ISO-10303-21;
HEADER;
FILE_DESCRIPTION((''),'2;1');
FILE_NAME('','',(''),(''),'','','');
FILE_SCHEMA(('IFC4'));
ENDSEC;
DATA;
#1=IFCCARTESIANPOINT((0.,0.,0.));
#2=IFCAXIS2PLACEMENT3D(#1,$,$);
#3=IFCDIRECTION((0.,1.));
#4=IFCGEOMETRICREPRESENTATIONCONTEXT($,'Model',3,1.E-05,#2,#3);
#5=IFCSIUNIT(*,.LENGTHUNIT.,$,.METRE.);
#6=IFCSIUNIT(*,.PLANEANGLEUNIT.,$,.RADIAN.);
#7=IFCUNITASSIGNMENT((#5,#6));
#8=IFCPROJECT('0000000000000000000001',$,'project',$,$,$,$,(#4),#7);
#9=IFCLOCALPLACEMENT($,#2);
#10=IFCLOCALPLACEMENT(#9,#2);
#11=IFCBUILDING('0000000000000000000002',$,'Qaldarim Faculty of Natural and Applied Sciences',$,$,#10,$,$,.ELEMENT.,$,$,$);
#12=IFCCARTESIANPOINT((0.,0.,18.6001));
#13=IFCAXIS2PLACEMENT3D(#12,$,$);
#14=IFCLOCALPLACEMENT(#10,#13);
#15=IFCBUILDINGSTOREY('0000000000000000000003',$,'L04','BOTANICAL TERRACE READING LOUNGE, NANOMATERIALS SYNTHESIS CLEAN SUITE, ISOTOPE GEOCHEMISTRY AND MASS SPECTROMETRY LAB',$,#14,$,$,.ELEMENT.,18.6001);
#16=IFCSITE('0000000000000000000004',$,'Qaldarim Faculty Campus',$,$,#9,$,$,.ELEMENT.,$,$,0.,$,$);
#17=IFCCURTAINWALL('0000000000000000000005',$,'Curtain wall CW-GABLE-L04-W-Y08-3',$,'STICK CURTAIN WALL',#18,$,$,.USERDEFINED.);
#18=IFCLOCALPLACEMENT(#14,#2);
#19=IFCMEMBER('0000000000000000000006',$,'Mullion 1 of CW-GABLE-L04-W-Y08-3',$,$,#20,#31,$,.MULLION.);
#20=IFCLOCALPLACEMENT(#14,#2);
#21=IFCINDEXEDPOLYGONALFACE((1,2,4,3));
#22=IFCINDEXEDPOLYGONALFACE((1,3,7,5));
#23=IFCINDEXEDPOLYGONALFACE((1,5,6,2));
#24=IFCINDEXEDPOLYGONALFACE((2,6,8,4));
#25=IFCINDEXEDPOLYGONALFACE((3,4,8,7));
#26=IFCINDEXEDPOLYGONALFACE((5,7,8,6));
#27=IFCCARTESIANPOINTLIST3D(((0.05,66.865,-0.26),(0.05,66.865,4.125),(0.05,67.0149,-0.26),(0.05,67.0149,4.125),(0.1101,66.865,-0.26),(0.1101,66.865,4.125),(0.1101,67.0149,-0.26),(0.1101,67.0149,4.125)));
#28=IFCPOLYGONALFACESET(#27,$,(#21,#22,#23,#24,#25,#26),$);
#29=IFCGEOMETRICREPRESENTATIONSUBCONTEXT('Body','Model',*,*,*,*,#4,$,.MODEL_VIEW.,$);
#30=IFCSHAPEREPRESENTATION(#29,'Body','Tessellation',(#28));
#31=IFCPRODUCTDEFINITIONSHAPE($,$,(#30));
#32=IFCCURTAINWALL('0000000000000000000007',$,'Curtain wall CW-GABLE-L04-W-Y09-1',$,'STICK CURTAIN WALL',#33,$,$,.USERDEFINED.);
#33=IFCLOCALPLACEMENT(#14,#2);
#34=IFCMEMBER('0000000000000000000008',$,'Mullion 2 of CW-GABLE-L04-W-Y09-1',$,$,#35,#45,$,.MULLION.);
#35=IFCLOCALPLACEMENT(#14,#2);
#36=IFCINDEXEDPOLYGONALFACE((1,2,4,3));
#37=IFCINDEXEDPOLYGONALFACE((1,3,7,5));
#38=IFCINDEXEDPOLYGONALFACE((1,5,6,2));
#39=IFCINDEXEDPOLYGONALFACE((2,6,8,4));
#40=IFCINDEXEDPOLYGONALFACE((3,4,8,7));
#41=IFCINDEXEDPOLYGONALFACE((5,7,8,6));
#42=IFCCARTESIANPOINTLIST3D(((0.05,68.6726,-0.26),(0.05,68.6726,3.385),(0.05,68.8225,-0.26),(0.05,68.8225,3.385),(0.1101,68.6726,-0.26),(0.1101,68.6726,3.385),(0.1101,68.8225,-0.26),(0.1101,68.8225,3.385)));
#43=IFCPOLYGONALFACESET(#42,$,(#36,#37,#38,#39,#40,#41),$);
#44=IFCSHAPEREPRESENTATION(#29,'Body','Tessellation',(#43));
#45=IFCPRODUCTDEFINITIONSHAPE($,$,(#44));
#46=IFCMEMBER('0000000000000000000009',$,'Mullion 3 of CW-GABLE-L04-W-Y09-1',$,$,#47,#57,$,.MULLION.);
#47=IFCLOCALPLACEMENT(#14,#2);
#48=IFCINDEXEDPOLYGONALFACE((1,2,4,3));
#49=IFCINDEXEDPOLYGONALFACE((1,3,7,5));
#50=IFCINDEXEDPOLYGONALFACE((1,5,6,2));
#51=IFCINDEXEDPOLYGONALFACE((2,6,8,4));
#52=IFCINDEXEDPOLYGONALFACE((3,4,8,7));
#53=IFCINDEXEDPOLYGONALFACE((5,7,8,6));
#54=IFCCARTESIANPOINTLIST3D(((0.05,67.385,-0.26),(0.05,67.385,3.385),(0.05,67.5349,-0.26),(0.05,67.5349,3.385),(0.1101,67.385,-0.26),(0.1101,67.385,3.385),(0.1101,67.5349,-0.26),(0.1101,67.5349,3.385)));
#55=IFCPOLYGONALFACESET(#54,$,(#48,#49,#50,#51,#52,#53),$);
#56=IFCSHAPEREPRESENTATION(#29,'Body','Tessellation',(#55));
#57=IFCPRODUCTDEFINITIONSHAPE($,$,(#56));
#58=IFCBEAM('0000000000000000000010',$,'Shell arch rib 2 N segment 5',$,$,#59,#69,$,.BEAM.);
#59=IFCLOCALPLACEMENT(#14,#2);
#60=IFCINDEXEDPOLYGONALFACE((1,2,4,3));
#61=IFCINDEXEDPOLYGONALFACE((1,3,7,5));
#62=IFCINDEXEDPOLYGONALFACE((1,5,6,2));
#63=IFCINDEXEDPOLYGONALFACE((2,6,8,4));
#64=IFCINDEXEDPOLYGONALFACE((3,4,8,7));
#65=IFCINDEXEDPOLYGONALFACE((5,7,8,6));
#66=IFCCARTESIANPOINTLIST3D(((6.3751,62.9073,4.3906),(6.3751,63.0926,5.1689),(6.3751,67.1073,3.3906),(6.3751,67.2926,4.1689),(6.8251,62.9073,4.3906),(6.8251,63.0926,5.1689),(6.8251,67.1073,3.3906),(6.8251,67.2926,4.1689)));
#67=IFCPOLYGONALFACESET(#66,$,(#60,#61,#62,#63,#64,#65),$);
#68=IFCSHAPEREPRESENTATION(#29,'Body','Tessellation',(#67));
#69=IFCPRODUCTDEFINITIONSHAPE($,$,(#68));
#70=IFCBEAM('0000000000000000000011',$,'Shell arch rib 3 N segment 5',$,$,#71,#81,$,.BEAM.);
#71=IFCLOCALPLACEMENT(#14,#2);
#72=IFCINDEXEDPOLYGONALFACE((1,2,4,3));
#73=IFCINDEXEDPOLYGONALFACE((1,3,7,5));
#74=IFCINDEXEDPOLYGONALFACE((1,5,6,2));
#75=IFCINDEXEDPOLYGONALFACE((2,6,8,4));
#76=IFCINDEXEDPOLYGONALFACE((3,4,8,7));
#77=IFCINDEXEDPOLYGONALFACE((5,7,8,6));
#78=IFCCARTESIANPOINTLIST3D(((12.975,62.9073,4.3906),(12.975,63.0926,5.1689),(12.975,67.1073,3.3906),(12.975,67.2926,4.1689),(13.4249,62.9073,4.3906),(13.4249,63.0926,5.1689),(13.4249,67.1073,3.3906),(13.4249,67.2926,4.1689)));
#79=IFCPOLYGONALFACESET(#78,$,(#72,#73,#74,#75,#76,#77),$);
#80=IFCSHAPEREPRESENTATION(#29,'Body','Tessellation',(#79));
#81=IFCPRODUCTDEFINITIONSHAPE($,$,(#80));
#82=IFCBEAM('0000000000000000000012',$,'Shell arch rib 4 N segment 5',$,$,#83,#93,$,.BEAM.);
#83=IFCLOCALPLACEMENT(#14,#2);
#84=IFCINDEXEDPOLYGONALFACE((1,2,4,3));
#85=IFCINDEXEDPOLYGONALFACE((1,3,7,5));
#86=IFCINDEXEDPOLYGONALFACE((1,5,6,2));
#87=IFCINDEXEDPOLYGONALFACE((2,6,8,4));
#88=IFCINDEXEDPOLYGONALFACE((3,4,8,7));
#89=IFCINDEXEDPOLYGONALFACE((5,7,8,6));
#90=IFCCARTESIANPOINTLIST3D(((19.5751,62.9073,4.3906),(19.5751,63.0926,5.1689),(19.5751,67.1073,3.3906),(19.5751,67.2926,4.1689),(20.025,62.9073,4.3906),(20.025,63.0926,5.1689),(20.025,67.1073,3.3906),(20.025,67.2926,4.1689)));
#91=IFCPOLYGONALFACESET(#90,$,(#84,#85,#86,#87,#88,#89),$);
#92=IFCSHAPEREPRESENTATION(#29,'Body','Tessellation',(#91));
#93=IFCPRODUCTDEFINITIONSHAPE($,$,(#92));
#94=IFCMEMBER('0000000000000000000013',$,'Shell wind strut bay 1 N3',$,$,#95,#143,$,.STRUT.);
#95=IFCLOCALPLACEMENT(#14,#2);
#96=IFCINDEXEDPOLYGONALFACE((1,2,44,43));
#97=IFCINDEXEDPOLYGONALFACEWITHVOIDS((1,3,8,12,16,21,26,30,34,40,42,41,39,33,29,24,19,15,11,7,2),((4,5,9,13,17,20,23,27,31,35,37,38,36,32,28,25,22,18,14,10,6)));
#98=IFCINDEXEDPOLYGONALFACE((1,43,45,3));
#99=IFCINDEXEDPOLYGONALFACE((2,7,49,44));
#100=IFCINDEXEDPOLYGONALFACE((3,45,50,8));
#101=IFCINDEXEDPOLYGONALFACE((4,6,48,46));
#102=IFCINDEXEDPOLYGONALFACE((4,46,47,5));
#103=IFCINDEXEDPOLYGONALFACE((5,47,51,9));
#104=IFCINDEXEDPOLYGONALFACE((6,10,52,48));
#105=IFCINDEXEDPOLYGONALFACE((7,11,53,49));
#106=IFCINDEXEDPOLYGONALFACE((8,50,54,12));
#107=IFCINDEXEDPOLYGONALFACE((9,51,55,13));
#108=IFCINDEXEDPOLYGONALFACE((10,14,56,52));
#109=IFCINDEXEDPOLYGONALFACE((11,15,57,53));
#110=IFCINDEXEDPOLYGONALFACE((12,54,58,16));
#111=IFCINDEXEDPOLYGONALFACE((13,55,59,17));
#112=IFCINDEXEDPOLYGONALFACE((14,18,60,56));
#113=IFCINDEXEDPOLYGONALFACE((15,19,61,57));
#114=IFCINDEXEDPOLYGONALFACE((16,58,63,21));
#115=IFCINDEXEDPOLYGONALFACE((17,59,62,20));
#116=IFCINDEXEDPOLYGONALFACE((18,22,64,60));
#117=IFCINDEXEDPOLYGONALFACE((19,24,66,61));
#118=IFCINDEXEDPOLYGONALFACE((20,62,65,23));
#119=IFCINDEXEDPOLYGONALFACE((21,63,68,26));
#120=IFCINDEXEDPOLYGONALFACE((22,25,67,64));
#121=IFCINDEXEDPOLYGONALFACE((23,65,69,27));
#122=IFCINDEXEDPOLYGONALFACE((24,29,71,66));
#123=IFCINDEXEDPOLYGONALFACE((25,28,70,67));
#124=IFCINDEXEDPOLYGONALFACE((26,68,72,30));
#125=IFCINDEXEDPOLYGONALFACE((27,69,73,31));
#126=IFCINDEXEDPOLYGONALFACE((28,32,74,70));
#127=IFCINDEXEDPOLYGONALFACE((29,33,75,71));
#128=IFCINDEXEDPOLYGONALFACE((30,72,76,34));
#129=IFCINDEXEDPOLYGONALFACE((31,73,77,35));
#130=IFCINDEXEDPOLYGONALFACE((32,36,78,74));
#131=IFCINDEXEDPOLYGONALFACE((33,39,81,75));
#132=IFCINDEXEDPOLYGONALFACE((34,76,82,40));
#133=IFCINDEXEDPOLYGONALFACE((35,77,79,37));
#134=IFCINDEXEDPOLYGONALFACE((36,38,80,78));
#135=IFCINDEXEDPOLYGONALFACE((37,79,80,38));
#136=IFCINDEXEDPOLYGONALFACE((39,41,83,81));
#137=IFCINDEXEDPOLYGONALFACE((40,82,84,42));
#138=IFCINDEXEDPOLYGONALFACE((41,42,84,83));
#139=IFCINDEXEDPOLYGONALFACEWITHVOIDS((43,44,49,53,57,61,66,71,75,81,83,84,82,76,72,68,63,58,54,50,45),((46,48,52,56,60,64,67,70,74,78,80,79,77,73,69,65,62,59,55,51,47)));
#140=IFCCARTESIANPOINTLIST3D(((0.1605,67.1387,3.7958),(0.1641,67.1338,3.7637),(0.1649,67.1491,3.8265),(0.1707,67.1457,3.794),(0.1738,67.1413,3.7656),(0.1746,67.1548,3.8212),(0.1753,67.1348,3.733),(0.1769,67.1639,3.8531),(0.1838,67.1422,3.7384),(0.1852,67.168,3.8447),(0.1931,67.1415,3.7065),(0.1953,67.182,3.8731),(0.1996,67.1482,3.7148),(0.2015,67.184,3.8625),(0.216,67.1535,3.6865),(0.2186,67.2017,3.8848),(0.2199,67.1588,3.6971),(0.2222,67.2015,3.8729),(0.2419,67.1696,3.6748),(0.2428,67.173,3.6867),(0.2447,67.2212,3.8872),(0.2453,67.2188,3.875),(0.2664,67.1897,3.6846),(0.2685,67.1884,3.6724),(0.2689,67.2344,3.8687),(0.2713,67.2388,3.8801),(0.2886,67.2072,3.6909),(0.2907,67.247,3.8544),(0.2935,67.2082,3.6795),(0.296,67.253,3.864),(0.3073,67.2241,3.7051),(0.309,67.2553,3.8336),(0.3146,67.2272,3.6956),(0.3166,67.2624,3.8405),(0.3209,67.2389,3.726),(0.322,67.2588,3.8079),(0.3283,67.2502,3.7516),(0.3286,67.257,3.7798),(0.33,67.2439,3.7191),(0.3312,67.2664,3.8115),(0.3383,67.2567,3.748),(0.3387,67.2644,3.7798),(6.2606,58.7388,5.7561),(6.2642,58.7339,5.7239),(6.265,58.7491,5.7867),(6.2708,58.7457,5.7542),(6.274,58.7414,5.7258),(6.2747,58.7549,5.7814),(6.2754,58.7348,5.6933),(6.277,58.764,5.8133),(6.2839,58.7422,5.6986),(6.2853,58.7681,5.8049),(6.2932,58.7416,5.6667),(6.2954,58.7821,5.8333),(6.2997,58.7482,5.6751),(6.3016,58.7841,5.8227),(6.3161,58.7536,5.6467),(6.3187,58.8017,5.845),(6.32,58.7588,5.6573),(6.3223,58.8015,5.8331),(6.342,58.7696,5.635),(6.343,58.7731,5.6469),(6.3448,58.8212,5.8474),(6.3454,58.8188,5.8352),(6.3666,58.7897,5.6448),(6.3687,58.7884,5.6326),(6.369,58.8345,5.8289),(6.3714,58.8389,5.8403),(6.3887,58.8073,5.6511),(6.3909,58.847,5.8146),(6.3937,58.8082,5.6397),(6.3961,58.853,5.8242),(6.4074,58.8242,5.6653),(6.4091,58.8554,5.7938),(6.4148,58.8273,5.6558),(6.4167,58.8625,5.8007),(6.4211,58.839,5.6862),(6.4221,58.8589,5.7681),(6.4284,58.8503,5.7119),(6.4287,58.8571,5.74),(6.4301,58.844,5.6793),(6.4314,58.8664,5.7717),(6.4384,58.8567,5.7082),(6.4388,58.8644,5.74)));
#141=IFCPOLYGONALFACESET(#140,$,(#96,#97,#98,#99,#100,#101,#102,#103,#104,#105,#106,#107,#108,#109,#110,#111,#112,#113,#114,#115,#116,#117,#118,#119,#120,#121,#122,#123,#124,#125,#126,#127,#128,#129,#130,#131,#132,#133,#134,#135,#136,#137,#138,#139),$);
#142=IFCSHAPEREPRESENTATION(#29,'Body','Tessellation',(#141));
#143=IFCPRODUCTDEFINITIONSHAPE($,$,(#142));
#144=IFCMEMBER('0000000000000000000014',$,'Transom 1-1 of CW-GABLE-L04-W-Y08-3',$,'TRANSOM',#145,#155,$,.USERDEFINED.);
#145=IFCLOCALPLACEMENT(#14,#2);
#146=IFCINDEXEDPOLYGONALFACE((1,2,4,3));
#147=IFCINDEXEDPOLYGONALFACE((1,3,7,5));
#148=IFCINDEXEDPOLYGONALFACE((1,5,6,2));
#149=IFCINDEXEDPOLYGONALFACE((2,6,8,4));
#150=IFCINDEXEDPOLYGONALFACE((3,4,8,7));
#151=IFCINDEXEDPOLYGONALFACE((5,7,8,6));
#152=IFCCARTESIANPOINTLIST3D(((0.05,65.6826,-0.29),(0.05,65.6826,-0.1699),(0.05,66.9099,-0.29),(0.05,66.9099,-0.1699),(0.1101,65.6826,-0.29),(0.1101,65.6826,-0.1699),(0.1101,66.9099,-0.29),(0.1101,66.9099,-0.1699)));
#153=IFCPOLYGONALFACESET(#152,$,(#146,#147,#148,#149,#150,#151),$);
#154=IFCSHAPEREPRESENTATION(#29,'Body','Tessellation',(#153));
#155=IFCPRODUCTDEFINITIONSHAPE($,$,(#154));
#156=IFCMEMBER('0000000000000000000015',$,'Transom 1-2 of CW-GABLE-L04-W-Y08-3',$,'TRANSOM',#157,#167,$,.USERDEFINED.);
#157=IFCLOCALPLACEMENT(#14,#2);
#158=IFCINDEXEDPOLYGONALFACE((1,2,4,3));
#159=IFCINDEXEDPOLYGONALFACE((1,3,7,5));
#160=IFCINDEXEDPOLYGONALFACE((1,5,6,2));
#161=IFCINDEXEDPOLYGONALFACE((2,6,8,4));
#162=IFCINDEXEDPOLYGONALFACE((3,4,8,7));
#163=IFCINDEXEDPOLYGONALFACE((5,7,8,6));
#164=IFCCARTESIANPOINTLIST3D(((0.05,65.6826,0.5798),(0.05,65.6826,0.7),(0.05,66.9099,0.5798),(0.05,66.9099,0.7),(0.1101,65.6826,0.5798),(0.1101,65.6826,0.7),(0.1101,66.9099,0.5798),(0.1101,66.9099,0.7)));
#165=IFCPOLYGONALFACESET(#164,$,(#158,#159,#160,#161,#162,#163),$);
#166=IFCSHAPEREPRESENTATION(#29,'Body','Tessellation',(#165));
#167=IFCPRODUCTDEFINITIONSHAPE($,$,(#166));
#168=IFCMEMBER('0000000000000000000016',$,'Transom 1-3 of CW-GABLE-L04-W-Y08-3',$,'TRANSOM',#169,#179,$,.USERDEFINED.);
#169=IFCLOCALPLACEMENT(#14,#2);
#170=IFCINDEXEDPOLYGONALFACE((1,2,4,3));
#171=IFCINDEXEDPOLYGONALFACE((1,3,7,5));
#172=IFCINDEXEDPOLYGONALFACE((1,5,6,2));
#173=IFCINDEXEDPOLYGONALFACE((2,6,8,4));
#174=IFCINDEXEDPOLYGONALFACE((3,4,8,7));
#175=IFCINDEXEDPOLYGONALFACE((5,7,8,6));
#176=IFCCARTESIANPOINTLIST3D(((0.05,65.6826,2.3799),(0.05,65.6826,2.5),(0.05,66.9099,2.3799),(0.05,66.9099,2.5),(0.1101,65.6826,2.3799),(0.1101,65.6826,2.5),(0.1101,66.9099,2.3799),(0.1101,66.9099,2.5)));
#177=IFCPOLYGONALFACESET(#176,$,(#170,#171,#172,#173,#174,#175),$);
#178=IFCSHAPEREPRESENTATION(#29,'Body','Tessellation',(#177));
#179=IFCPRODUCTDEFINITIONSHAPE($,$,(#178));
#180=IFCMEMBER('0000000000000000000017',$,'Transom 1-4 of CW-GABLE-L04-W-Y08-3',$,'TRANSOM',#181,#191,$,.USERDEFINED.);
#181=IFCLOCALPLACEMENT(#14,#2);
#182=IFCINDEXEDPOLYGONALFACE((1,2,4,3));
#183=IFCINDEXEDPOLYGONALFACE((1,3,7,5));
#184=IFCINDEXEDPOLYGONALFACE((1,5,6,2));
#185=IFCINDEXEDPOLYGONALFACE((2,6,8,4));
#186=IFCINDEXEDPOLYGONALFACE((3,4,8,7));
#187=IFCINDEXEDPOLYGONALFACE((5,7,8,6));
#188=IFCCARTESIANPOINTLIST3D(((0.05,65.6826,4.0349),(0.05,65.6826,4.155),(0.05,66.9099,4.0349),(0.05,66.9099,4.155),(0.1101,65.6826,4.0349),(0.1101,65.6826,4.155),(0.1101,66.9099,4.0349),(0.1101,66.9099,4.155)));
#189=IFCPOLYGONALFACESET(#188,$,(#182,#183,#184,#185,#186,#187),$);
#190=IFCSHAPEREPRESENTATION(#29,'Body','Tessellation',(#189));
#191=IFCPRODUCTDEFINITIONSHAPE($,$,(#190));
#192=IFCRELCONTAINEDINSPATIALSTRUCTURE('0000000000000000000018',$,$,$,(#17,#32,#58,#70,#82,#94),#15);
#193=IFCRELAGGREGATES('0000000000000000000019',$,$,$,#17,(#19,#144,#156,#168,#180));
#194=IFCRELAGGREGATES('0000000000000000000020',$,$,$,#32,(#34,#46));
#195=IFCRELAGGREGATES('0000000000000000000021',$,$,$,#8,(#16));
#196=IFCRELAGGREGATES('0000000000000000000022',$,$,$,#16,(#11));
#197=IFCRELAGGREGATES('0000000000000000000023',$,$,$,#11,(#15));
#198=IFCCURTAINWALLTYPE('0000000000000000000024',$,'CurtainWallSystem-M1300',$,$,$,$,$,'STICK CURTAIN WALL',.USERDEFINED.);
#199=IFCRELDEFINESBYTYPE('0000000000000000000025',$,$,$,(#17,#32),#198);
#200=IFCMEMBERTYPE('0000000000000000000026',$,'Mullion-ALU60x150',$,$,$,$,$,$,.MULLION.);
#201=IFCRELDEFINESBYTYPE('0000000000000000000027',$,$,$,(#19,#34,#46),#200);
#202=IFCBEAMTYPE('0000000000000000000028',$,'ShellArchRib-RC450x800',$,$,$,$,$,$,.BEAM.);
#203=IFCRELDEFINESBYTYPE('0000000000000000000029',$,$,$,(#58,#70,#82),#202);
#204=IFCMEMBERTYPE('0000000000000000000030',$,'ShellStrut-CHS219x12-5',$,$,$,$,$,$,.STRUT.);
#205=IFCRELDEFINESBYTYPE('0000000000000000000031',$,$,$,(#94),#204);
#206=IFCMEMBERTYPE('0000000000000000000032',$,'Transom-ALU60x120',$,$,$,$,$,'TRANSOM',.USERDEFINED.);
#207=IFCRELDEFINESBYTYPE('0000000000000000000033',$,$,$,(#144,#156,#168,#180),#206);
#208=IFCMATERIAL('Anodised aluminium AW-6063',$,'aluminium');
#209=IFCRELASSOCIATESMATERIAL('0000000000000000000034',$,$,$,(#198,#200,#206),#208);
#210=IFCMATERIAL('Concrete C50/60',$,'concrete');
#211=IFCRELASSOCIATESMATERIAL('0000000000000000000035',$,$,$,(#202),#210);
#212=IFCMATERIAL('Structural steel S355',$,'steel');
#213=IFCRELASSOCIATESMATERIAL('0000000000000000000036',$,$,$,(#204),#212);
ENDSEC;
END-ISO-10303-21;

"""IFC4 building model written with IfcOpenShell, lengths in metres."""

from ifc_helpers import new_model, si_unit, direction, frame, origin, origin_2d, place, context, subcontext, project, spatial, rectangle, hollow_circle, extrude, material, material_profile, profile_set, type_object, element, aggregate, save


model = new_model("IFC4")

# Units and contexts
model_context = context("Model", 3, precision=1e-05, world=origin(), true_north=direction((0.0, 1.0)))
body_context = subcontext(model_context, "Body", "Model", "MODEL_VIEW")
ifc_project = project(units=[si_unit("LENGTHUNIT", "METRE"), si_unit("PLANEANGLEUNIT", "RADIAN")], contexts=[model_context])

# Site, building, storey
site_placement = place(None, origin())
site = spatial("IfcSite", under=ifc_project, at=site_placement, Name="Qaldarim Faculty Campus", CompositionType="ELEMENT", RefElevation=0.0)
building_placement = place(site_placement, origin())
building = spatial("IfcBuilding", under=site, at=building_placement, Name="Qaldarim Faculty of Natural and Applied Sciences", CompositionType="ELEMENT")
storey_placement = place(building_placement, frame((0.0, 0.0, 18.6001)))
storey = spatial("IfcBuildingStorey", under=building, at=storey_placement, Name="L04", Description="BOTANICAL TERRACE READING LOUNGE, NANOMATERIALS SYNTHESIS CLEAN SUITE, ISOTOPE GEOCHEMISTRY AND MASS SPECTROMETRY LAB", CompositionType="ELEMENT", Elevation=18.6001)

# Curtain wall, member
ifc_material_1 = material(Name="Anodised aluminium AW-6063", Category="aluminium")
curtain_wall_type = type_object("IfcCurtainWallType", Name="CurtainWallSystem-M1300", ElementType="STICK CURTAIN WALL", PredefinedType="USERDEFINED", material=ifc_material_1)
curtain_wall_1_placement = place(storey_placement, origin())
curtain_wall_1 = element("IfcCurtainWall", 1, at=curtain_wall_1_placement, inside=storey, type_object=curtain_wall_type, Name="Curtain wall CW-GABLE-L04-W-Y08-3", ObjectType="STICK CURTAIN WALL", PredefinedType="USERDEFINED")
ifc_material_profile_1 = material_profile(ifc_material_1, rectangle(XDim=0.0601, YDim=0.1499, at=origin_2d()), Name="ALU-M60x150")
ifc_profile_set_1 = profile_set([ifc_material_profile_1], Name="Anodised aluminium AW-6063")
member_type_1 = type_object("IfcMemberType", Name="Mullion-ALU60x150", PredefinedType="MULLION", material=ifc_profile_set_1)
member_1_placement = place(storey_placement, frame((0.0801, 66.9399, -0.26), z_axis=(0.0, 0.0, 1.0), x_axis=(1.0, 0.0, 0.0)))
member_1 = element("IfcMember", 2, at=member_1_placement, type_object=member_type_1, Name="Mullion 1 of CW-GABLE-L04-W-Y08-3", PredefinedType="MULLION", context=body_context, shape_type="SweptSolid", body=[
    extrude(rectangle(XDim=0.0601, YDim=0.1499, at=origin_2d()), origin(), (0.0, 0.0, 1.0), 4.385),
])

# Curtain wall, members
curtain_wall_2_placement = place(storey_placement, origin())
curtain_wall_2 = element("IfcCurtainWall", 3, at=curtain_wall_2_placement, inside=storey, type_object=curtain_wall_type, Name="Curtain wall CW-GABLE-L04-W-Y09-1", ObjectType="STICK CURTAIN WALL", PredefinedType="USERDEFINED")
member_2_placement = place(storey_placement, frame((0.0801, 68.7476, -0.26), z_axis=(0.0, 0.0, 1.0), x_axis=(1.0, 0.0, 0.0)))
member_2 = element("IfcMember", 4, at=member_2_placement, type_object=member_type_1, Name="Mullion 2 of CW-GABLE-L04-W-Y09-1", PredefinedType="MULLION", context=body_context, shape_type="SweptSolid", body=[
    extrude(rectangle(XDim=0.0601, YDim=0.1499, at=origin_2d()), origin(), (0.0, 0.0, 1.0), 3.645),
])
member_3_placement = place(storey_placement, frame((0.0801, 67.46, -0.26), z_axis=(0.0, 0.0, 1.0), x_axis=(1.0, 0.0, 0.0)))
member_3 = element("IfcMember", 5, at=member_3_placement, type_object=member_type_1, Name="Mullion 3 of CW-GABLE-L04-W-Y09-1", PredefinedType="MULLION", context=body_context, shape_type="SweptSolid", body=[
    extrude(rectangle(XDim=0.0601, YDim=0.1499, at=origin_2d()), origin(), (0.0, 0.0, 1.0), 3.645),
])

# Beams
ifc_material_2 = material(Name="Concrete C50/60", Category="concrete")
ifc_material_profile_2 = material_profile(ifc_material_2, rectangle(XDim=0.45, YDim=0.8, at=origin_2d()), Name="RC-RIB450x800")
ifc_profile_set_2 = profile_set([ifc_material_profile_2], Name="Concrete C50/60")
beam_type = type_object("IfcBeamType", Name="ShellArchRib-RC450x800", PredefinedType="BEAM", material=ifc_profile_set_2)
for number, where, z_axis, x_axis, name in (
    (6, (6.6001, 67.2, 3.7798), (0.0, -0.972806, 0.231623), (1.0, 0.0, 0.0), "Shell arch rib 2 N segment 5"),
    (7, (13.2, 67.2, 3.7798), (0.0, -0.972806, 0.231623), (1.0, 0.0, 0.0), "Shell arch rib 3 N segment 5"),
    (8, (19.8, 67.2, 3.7798), (0.0, -0.972806, 0.231623), (1.0, 0.0, 0.0), "Shell arch rib 4 N segment 5"),
):
    element("IfcBeam", number, at=place(storey_placement, frame(where, z_axis=z_axis, x_axis=x_axis)), inside=storey, type_object=beam_type, Name=name, PredefinedType="BEAM", context=body_context, shape_type="SweptSolid", body=[
        extrude(rectangle(XDim=0.45, YDim=0.8, at=origin_2d()), origin(), (0.0, 0.0, 1.0), 4.3174),
    ])

# Members
ifc_material_3 = material(Name="Structural steel S355", Category="steel")
ifc_material_profile_3 = material_profile(ifc_material_3, hollow_circle(Radius=0.1096, WallThickness=0.0125, at=origin_2d()), Name="CHS 219.1x12.5")
ifc_profile_set_3 = profile_set([ifc_material_profile_3], Name="Structural steel S355")
member_type_2 = type_object("IfcMemberType", Name="ShellStrut-CHS219x12-5", PredefinedType="STRUT", material=ifc_profile_set_3)
member_4_placement = place(storey_placement, frame((0.25, 67.2, 3.7798), z_axis=(0.577406, -0.795095, 0.185544), x_axis=(0.809145, 0.587609, 0.0)))
element("IfcMember", 9, at=member_4_placement, inside=storey, type_object=member_type_2, Name="Shell wind strut bay 1 N3", PredefinedType="STRUT", context=body_context, shape_type="SweptSolid", body=[
    extrude(hollow_circle(Radius=0.1096, WallThickness=0.0125, at=origin_2d()), origin(), (0.0, 0.0, 1.0), 10.5647),
])
ifc_material_profile_4 = material_profile(ifc_material_1, rectangle(XDim=0.0601, YDim=0.1201, at=origin_2d()), Name="ALU-T60x120")
ifc_profile_set_4 = profile_set([ifc_material_profile_4], Name="Anodised aluminium AW-6063")
member_type_3 = type_object("IfcMemberType", Name="Transom-ALU60x120", ElementType="TRANSOM", PredefinedType="USERDEFINED", material=ifc_profile_set_4)
member_5_placement = place(storey_placement, frame((0.0801, 66.9099, -0.23), z_axis=(0.0, -1.0, 0.0), x_axis=(1.0, 0.0, 0.0)))
member_5 = element("IfcMember", 10, at=member_5_placement, type_object=member_type_3, Name="Transom 1-1 of CW-GABLE-L04-W-Y08-3", ObjectType="TRANSOM", PredefinedType="USERDEFINED", context=body_context, shape_type="SweptSolid", body=[
    extrude(rectangle(XDim=0.0601, YDim=0.1201, at=origin_2d()), origin(), (0.0, 0.0, 1.0), 1.2273),
])
member_6_placement = place(storey_placement, frame((0.0801, 66.9099, 0.6399), z_axis=(0.0, -1.0, 0.0), x_axis=(1.0, 0.0, 0.0)))
member_6 = element("IfcMember", 11, at=member_6_placement, type_object=member_type_3, Name="Transom 1-2 of CW-GABLE-L04-W-Y08-3", ObjectType="TRANSOM", PredefinedType="USERDEFINED", context=body_context, shape_type="SweptSolid", body=[
    extrude(rectangle(XDim=0.0601, YDim=0.1201, at=origin_2d()), origin(), (0.0, 0.0, 1.0), 1.2273),
])
member_7_placement = place(storey_placement, frame((0.0801, 66.9099, 2.4399), z_axis=(0.0, -1.0, 0.0), x_axis=(1.0, 0.0, 0.0)))
member_7 = element("IfcMember", 12, at=member_7_placement, type_object=member_type_3, Name="Transom 1-3 of CW-GABLE-L04-W-Y08-3", ObjectType="TRANSOM", PredefinedType="USERDEFINED", context=body_context, shape_type="SweptSolid", body=[
    extrude(rectangle(XDim=0.0601, YDim=0.1201, at=origin_2d()), origin(), (0.0, 0.0, 1.0), 1.2273),
])
member_8_placement = place(storey_placement, frame((0.0801, 66.9099, 4.095), z_axis=(0.0, -1.0, 0.0), x_axis=(1.0, 0.0, 0.0)))
member_8 = element("IfcMember", 13, at=member_8_placement, type_object=member_type_3, Name="Transom 1-4 of CW-GABLE-L04-W-Y08-3", ObjectType="TRANSOM", PredefinedType="USERDEFINED", context=body_context, shape_type="SweptSolid", body=[
    extrude(rectangle(XDim=0.0601, YDim=0.1201, at=origin_2d()), origin(), (0.0, 0.0, 1.0), 1.2273),
])
aggregate(curtain_wall_1, [member_1, member_5, member_6, member_7, member_8])

aggregate(curtain_wall_2, [member_2, member_3])

save(model, "model.ifc")
